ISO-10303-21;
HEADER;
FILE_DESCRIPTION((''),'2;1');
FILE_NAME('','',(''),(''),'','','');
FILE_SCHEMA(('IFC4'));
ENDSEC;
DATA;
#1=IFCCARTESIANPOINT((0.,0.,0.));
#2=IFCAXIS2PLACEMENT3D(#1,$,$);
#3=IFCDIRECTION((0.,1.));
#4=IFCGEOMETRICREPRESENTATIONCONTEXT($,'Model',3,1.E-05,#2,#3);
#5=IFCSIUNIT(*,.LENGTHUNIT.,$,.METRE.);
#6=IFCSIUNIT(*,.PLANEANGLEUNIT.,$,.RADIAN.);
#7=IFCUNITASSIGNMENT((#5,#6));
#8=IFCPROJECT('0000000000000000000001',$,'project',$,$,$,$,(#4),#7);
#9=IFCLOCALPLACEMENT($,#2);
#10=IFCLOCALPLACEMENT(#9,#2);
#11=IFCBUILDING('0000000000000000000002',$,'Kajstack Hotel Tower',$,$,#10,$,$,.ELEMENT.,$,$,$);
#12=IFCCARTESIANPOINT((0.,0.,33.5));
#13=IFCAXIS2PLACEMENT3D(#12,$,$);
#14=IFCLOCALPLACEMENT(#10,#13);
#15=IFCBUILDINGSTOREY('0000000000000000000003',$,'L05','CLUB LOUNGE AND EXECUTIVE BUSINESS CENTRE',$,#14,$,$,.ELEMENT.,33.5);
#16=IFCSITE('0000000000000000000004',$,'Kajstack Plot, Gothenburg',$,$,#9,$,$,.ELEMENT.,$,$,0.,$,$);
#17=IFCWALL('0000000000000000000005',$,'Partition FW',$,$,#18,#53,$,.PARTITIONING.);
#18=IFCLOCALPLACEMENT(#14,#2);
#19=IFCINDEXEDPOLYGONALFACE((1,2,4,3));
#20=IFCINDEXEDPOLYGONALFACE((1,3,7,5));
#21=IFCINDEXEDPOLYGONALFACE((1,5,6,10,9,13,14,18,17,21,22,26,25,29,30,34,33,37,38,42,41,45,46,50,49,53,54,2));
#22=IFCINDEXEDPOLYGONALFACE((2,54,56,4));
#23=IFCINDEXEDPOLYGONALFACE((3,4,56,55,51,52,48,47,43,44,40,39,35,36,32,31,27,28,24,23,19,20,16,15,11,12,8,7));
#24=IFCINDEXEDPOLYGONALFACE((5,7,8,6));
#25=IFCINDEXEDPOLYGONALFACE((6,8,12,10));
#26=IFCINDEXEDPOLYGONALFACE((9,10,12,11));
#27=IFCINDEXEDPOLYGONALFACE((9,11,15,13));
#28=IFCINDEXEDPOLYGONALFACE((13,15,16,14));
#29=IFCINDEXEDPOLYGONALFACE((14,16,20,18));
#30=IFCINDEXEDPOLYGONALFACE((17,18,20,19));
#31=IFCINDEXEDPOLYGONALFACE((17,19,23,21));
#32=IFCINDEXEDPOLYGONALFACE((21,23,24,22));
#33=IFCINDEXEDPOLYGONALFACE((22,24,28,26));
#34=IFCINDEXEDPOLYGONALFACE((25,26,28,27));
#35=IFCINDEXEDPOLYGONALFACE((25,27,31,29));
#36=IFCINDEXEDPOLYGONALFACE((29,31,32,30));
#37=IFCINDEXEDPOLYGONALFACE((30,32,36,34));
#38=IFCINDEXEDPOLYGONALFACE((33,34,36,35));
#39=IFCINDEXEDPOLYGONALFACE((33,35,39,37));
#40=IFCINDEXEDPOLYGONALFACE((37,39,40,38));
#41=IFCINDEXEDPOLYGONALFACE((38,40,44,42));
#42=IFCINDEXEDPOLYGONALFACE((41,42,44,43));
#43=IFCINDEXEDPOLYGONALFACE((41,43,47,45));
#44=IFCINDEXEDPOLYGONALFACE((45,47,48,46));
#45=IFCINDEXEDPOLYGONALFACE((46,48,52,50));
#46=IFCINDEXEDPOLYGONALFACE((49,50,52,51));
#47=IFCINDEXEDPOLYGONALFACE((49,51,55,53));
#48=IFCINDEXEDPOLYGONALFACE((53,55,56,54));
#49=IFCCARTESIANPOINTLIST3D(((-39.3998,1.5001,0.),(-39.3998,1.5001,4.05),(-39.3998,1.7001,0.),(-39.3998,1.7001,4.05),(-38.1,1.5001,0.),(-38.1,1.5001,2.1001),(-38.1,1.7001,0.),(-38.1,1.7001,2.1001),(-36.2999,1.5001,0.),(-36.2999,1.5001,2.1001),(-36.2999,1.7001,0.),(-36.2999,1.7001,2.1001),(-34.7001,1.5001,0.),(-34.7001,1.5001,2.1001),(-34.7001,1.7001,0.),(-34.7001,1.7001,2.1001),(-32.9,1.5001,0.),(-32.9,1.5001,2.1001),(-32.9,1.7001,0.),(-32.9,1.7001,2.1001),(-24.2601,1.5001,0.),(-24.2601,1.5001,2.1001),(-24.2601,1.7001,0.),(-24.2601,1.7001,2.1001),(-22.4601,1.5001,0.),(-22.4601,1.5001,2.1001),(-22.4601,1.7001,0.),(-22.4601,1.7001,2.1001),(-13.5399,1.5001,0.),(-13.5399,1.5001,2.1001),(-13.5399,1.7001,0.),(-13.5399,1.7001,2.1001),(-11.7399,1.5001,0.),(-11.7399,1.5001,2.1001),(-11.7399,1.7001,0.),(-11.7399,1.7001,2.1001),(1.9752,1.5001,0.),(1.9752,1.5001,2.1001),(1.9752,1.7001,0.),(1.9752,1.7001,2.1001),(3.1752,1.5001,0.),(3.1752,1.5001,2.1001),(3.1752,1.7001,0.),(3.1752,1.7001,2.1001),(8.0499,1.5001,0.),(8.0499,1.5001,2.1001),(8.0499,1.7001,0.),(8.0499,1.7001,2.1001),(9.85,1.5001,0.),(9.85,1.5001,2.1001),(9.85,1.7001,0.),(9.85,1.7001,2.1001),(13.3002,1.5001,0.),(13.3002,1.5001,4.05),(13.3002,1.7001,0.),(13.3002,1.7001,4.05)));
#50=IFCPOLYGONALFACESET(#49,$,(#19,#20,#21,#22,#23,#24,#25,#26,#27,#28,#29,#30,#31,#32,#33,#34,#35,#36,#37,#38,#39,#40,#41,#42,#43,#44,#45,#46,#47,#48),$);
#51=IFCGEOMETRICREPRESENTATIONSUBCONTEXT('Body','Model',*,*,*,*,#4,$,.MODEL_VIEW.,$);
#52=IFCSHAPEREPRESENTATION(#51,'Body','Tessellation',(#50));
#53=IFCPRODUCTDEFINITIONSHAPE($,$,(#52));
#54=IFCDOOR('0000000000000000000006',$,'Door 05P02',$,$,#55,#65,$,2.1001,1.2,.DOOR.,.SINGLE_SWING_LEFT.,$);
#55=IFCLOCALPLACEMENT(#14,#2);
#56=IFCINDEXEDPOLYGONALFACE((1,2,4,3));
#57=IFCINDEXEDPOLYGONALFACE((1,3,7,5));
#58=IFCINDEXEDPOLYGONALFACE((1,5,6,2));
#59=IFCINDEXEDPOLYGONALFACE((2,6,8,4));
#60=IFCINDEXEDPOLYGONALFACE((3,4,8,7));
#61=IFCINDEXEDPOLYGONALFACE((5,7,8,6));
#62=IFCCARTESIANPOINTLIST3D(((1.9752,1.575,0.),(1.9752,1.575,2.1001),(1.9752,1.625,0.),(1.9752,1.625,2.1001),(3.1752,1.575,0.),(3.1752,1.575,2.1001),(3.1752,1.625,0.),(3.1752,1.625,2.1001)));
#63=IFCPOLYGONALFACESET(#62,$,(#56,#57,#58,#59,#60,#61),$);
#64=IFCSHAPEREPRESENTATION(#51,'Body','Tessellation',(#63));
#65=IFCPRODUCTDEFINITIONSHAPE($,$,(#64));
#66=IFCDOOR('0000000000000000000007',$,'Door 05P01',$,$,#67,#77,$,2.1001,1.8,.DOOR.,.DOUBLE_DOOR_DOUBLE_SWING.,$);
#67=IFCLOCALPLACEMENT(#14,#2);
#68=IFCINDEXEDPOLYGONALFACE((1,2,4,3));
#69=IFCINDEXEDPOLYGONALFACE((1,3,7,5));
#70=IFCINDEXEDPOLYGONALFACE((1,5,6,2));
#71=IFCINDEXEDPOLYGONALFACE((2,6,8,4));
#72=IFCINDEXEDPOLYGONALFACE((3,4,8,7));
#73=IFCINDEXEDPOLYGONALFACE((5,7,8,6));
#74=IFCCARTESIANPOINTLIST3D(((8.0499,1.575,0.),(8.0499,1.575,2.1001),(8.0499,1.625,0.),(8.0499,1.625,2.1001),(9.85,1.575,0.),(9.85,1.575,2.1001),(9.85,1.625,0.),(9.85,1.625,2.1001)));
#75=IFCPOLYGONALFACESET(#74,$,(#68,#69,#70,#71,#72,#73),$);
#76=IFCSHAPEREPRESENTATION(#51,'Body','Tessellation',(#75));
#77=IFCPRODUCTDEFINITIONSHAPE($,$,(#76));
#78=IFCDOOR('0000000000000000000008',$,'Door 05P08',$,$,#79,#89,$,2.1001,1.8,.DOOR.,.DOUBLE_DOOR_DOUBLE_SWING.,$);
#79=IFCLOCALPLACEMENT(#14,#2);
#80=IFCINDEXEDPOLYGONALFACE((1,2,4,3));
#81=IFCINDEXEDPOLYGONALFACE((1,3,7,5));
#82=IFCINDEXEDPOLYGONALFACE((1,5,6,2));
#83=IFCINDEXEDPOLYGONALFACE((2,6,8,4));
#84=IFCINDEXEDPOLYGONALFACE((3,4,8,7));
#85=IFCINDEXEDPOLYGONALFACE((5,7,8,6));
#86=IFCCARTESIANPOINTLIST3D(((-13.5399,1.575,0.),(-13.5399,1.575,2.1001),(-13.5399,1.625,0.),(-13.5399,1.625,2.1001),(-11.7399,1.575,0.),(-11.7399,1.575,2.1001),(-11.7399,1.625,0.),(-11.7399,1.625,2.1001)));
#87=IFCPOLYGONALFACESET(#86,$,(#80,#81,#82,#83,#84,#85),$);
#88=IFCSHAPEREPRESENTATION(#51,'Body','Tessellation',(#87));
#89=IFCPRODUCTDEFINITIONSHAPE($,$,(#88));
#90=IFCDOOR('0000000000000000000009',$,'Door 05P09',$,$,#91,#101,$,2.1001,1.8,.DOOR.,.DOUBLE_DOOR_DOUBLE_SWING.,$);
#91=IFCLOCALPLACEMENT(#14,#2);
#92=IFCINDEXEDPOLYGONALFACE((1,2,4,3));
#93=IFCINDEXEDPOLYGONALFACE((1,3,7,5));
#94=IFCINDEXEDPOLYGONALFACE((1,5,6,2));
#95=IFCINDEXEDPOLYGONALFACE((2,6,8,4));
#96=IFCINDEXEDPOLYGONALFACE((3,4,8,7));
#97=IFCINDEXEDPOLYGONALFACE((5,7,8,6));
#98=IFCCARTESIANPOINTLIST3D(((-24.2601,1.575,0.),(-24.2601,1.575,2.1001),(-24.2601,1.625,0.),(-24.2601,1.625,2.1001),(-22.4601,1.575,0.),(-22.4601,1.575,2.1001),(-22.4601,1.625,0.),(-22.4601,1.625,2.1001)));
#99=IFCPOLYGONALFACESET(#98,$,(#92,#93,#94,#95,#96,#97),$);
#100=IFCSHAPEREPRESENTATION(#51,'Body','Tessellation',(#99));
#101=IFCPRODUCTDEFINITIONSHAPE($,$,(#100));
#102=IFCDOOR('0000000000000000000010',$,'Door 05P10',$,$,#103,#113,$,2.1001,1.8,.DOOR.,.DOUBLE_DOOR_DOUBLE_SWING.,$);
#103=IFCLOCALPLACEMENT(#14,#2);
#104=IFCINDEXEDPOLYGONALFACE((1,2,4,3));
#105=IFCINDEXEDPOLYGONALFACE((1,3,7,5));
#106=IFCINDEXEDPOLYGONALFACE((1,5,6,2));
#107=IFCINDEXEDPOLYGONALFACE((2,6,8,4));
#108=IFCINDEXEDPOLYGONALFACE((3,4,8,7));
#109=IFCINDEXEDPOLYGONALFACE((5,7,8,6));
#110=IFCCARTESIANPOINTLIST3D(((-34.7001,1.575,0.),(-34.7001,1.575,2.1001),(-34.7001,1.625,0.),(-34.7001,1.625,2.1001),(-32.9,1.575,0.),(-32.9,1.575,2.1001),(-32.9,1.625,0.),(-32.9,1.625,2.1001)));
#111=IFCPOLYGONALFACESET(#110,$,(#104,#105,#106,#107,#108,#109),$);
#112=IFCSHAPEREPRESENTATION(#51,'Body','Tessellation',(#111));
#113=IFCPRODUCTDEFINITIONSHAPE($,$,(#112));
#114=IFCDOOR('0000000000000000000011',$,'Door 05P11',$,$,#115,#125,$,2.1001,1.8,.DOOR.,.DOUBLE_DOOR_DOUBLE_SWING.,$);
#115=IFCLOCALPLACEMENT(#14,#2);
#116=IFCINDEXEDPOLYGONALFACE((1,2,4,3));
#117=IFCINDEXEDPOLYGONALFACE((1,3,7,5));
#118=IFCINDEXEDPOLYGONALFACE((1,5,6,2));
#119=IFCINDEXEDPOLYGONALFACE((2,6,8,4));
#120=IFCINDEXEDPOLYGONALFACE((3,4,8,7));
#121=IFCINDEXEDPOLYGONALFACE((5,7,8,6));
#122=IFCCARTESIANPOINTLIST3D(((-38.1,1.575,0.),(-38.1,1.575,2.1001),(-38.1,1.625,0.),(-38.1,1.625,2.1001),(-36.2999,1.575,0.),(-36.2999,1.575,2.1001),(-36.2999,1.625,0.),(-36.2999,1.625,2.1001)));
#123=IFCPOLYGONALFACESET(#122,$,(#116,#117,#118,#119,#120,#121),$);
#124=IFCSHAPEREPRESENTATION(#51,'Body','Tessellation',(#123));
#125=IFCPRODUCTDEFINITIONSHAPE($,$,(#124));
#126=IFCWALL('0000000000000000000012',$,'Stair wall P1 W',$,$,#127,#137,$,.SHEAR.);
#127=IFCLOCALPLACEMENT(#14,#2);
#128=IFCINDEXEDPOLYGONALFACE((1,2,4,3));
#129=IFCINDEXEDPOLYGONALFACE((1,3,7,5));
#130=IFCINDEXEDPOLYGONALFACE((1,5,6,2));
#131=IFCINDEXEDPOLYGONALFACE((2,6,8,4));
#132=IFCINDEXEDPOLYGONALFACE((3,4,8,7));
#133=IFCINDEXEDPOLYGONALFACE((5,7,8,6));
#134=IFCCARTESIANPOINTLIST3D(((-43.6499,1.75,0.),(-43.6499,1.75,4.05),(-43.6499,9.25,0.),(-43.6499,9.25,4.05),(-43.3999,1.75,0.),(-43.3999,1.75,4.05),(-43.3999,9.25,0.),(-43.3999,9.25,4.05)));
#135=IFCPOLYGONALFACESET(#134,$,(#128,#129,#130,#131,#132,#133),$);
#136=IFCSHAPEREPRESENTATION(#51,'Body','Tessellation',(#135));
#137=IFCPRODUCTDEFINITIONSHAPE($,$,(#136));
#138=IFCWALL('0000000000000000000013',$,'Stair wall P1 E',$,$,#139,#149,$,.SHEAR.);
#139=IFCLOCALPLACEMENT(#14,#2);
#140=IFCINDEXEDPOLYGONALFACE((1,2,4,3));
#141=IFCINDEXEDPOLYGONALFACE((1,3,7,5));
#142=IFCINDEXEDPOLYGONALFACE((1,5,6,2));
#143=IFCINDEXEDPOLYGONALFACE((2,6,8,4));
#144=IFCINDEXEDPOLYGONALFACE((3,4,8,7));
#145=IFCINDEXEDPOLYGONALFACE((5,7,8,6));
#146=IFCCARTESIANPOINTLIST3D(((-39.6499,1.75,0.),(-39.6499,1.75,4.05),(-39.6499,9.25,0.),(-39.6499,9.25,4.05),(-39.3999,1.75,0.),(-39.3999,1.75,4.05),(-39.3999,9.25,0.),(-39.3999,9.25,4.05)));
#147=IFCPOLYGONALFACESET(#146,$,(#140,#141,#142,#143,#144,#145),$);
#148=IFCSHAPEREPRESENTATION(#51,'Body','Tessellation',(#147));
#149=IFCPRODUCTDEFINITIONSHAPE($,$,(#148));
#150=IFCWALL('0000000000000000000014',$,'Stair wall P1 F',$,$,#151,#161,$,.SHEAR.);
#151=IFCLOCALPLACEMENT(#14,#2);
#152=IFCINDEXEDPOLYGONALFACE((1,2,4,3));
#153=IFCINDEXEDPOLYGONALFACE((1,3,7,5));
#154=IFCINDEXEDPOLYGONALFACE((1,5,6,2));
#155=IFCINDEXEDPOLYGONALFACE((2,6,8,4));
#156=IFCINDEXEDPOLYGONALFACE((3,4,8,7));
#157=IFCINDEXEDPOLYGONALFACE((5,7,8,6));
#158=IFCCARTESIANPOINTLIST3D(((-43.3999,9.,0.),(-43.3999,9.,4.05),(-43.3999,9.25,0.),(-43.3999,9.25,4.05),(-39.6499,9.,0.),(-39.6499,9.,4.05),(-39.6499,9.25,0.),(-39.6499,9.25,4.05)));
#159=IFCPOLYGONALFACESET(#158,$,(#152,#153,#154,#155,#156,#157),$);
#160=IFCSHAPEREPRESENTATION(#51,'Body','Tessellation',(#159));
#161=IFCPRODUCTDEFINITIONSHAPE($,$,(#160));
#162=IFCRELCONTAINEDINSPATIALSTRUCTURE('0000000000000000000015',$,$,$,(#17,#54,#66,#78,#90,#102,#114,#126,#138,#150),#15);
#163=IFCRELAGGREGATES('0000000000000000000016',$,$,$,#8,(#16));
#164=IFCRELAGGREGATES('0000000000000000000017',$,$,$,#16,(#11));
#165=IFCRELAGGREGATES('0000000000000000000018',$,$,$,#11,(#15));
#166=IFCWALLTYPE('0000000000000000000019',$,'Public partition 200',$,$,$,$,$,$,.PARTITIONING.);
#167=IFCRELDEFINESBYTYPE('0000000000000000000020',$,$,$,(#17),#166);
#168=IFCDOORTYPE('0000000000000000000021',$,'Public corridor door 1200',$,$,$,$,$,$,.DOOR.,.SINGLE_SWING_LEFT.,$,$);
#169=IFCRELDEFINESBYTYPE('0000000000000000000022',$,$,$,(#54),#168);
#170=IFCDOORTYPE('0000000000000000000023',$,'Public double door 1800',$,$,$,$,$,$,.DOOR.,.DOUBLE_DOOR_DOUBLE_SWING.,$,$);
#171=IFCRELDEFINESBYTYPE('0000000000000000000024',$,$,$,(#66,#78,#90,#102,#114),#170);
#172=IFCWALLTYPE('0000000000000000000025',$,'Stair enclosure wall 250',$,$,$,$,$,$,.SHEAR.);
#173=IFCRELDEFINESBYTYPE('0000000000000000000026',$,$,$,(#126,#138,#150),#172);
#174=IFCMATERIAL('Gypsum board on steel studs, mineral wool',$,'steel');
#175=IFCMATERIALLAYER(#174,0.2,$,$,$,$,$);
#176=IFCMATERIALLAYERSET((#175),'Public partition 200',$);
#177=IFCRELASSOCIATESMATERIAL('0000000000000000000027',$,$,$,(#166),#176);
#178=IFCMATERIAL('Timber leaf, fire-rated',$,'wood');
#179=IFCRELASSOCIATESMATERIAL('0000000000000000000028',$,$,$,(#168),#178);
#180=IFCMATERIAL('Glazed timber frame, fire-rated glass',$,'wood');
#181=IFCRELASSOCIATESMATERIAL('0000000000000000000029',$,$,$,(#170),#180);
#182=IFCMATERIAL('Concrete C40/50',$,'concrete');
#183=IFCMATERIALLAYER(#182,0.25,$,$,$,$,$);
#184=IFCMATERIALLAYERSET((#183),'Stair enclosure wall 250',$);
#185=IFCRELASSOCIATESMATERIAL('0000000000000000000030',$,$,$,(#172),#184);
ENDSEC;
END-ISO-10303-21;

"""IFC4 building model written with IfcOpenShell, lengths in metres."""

from ifc_helpers import new_model, si_unit, direction, frame, frame_2d, origin, place, context, subcontext, project, spatial, rectangle, extrude, material, layer, layer_set, type_object, element, fill, save


model = new_model("IFC4")

# Units and contexts
model_context = context("Model", 3, precision=1e-05, world=origin(), true_north=direction((0.0, 1.0)))
body_context = subcontext(model_context, "Body", "Model", "MODEL_VIEW")
ifc_project = project(units=[si_unit("LENGTHUNIT", "METRE"), si_unit("PLANEANGLEUNIT", "RADIAN")], contexts=[model_context])

# Site, building, storey
site_placement = place(None, origin())
site = spatial("IfcSite", under=ifc_project, at=site_placement, Name="Kajstack Plot, Gothenburg", CompositionType="ELEMENT", RefElevation=0.0)
building_placement = place(site_placement, origin())
building = spatial("IfcBuilding", under=site, at=building_placement, Name="Kajstack Hotel Tower", CompositionType="ELEMENT")
storey_placement = place(building_placement, frame((0.0, 0.0, 33.5)))
storey = spatial("IfcBuildingStorey", under=building, at=storey_placement, Name="L05", Description="CLUB LOUNGE AND EXECUTIVE BUSINESS CENTRE", CompositionType="ELEMENT", Elevation=33.5)

# Shared definitions
ifc_material_1 = material(Name="Gypsum board on steel studs, mineral wool", Category="steel")
ifc_layer_1 = layer(ifc_material_1, 0.2)
ifc_layer_set_1 = layer_set([ifc_layer_1], Name="Public partition 200")
wall_type_1 = type_object("IfcWallType", Name="Public partition 200", PredefinedType="PARTITIONING", material=ifc_layer_set_1)

# Wall, openings, doors
wall_1_placement = place(storey_placement, frame((-39.3999, 1.6001, 0.0), z_axis=(0.0, 0.0, 1.0), x_axis=(1.0, 0.0, 0.0)))
wall_1 = element("IfcWall", 1, at=wall_1_placement, inside=storey, type_object=wall_type_1, Name="Partition FW", PredefinedType="PARTITIONING", context=body_context, shape_type="SweptSolid", body=[
    extrude(rectangle(XDim=52.7, YDim=0.2, at=frame_2d((26.3501, 0.0))), origin(), (0.0, 0.0, 1.0), 4.05),
])
opening_1_placement = place(wall_1_placement, frame((47.45, 0.0, 0.0)))
opening_1 = element("IfcOpeningElement", 2, at=opening_1_placement, cuts=wall_1, PredefinedType="OPENING", context=body_context, shape_type="SweptSolid", body=[
    extrude(rectangle(XDim=1.8, YDim=2.1001, at=frame_2d((0.8999, 1.05))), frame((0.0, 0.1099, 0.0), z_axis=(0.0, -1.0, 0.0), x_axis=(1.0, 0.0, 0.0)), (0.0, 0.0, 1.0), 0.22),
])
opening_2_placement = place(wall_1_placement, frame((41.375, 0.0, 0.0)))
opening_2 = element("IfcOpeningElement", 3, at=opening_2_placement, cuts=wall_1, PredefinedType="OPENING", context=body_context, shape_type="SweptSolid", body=[
    extrude(rectangle(XDim=1.2, YDim=2.1001, at=frame_2d((0.6001, 1.05))), frame((0.0, 0.1099, 0.0), z_axis=(0.0, -1.0, 0.0), x_axis=(1.0, 0.0, 0.0)), (0.0, 0.0, 1.0), 0.22),
])
opening_3_placement = place(wall_1_placement, frame((25.8601, 0.0, 0.0)))
opening_3 = element("IfcOpeningElement", 4, at=opening_3_placement, cuts=wall_1, PredefinedType="OPENING", context=body_context, shape_type="SweptSolid", body=[
    extrude(rectangle(XDim=1.8, YDim=2.1001, at=frame_2d((0.8999, 1.05))), frame((0.0, 0.1099, 0.0), z_axis=(0.0, -1.0, 0.0), x_axis=(1.0, 0.0, 0.0)), (0.0, 0.0, 1.0), 0.22),
])
opening_4_placement = place(wall_1_placement, frame((15.1399, 0.0, 0.0)))
opening_4 = element("IfcOpeningElement", 5, at=opening_4_placement, cuts=wall_1, PredefinedType="OPENING", context=body_context, shape_type="SweptSolid", body=[
    extrude(rectangle(XDim=1.8, YDim=2.1001, at=frame_2d((0.8999, 1.05))), frame((0.0, 0.1099, 0.0), z_axis=(0.0, -1.0, 0.0), x_axis=(1.0, 0.0, 0.0)), (0.0, 0.0, 1.0), 0.22),
])
opening_5_placement = place(wall_1_placement, frame((4.7, 0.0, 0.0)))
opening_5 = element("IfcOpeningElement", 6, at=opening_5_placement, cuts=wall_1, PredefinedType="OPENING", context=body_context, shape_type="SweptSolid", body=[
    extrude(rectangle(XDim=1.8, YDim=2.1001, at=frame_2d((0.8999, 1.05))), frame((0.0, 0.1099, 0.0), z_axis=(0.0, -1.0, 0.0), x_axis=(1.0, 0.0, 0.0)), (0.0, 0.0, 1.0), 0.22),
])
opening_6_placement = place(wall_1_placement, frame((1.3, 0.0, 0.0)))
opening_6 = element("IfcOpeningElement", 7, at=opening_6_placement, cuts=wall_1, PredefinedType="OPENING", context=body_context, shape_type="SweptSolid", body=[
    extrude(rectangle(XDim=1.8, YDim=2.1001, at=frame_2d((0.8999, 1.05))), frame((0.0, 0.1099, 0.0), z_axis=(0.0, -1.0, 0.0), x_axis=(1.0, 0.0, 0.0)), (0.0, 0.0, 1.0), 0.22),
])
ifc_material_2 = material(Name="Timber leaf, fire-rated", Category="wood")
door_type_1 = type_object("IfcDoorType", Name="Public corridor door 1200", OperationType="SINGLE_SWING_LEFT", PredefinedType="DOOR", material=ifc_material_2)
door_1_placement = place(opening_2_placement, origin())
door_1 = element("IfcDoor", 8, at=door_1_placement, inside=storey, type_object=door_type_1, Name="Door 05P02", OperationType="SINGLE_SWING_LEFT", OverallHeight=2.1001, OverallWidth=1.2, PredefinedType="DOOR", context=body_context, shape_type="SweptSolid", body=[
    extrude(rectangle(XDim=1.2, YDim=2.1001, at=frame_2d((0.6001, 1.05))), frame((0.0, 0.0249, 0.0), z_axis=(0.0, -1.0, 0.0), x_axis=(1.0, 0.0, 0.0)), (0.0, 0.0, 1.0), 0.05),
])
fill(opening_2, door_1)
ifc_material_3 = material(Name="Glazed timber frame, fire-rated glass", Category="wood")
door_type_2 = type_object("IfcDoorType", Name="Public double door 1800", OperationType="DOUBLE_DOOR_DOUBLE_SWING", PredefinedType="DOOR", material=ifc_material_3)
door_2_placement = place(opening_1_placement, origin())
door_2 = element("IfcDoor", 9, at=door_2_placement, inside=storey, type_object=door_type_2, Name="Door 05P01", OperationType="DOUBLE_DOOR_DOUBLE_SWING", OverallHeight=2.1001, OverallWidth=1.8, PredefinedType="DOOR", context=body_context, shape_type="SweptSolid", body=[
    extrude(rectangle(XDim=1.8, YDim=2.1001, at=frame_2d((0.8999, 1.05))), frame((0.0, 0.0249, 0.0), z_axis=(0.0, -1.0, 0.0), x_axis=(1.0, 0.0, 0.0)), (0.0, 0.0, 1.0), 0.05),
])
fill(opening_1, door_2)
door_3_placement = place(opening_3_placement, origin())
door_3 = element("IfcDoor", 10, at=door_3_placement, inside=storey, type_object=door_type_2, Name="Door 05P08", OperationType="DOUBLE_DOOR_DOUBLE_SWING", OverallHeight=2.1001, OverallWidth=1.8, PredefinedType="DOOR", context=body_context, shape_type="SweptSolid", body=[
    extrude(rectangle(XDim=1.8, YDim=2.1001, at=frame_2d((0.8999, 1.05))), frame((0.0, 0.0249, 0.0), z_axis=(0.0, -1.0, 0.0), x_axis=(1.0, 0.0, 0.0)), (0.0, 0.0, 1.0), 0.05),
])
fill(opening_3, door_3)
door_4_placement = place(opening_4_placement, origin())
door_4 = element("IfcDoor", 11, at=door_4_placement, inside=storey, type_object=door_type_2, Name="Door 05P09", OperationType="DOUBLE_DOOR_DOUBLE_SWING", OverallHeight=2.1001, OverallWidth=1.8, PredefinedType="DOOR", context=body_context, shape_type="SweptSolid", body=[
    extrude(rectangle(XDim=1.8, YDim=2.1001, at=frame_2d((0.8999, 1.05))), frame((0.0, 0.0249, 0.0), z_axis=(0.0, -1.0, 0.0), x_axis=(1.0, 0.0, 0.0)), (0.0, 0.0, 1.0), 0.05),
])
fill(opening_4, door_4)
door_5_placement = place(opening_5_placement, origin())
door_5 = element("IfcDoor", 12, at=door_5_placement, inside=storey, type_object=door_type_2, Name="Door 05P10", OperationType="DOUBLE_DOOR_DOUBLE_SWING", OverallHeight=2.1001, OverallWidth=1.8, PredefinedType="DOOR", context=body_context, shape_type="SweptSolid", body=[
    extrude(rectangle(XDim=1.8, YDim=2.1001, at=frame_2d((0.8999, 1.05))), frame((0.0, 0.0249, 0.0), z_axis=(0.0, -1.0, 0.0), x_axis=(1.0, 0.0, 0.0)), (0.0, 0.0, 1.0), 0.05),
])
fill(opening_5, door_5)
door_6_placement = place(opening_6_placement, origin())
door_6 = element("IfcDoor", 13, at=door_6_placement, inside=storey, type_object=door_type_2, Name="Door 05P11", OperationType="DOUBLE_DOOR_DOUBLE_SWING", OverallHeight=2.1001, OverallWidth=1.8, PredefinedType="DOOR", context=body_context, shape_type="SweptSolid", body=[
    extrude(rectangle(XDim=1.8, YDim=2.1001, at=frame_2d((0.8999, 1.05))), frame((0.0, 0.0249, 0.0), z_axis=(0.0, -1.0, 0.0), x_axis=(1.0, 0.0, 0.0)), (0.0, 0.0, 1.0), 0.05),
])
fill(opening_6, door_6)

# Walls
ifc_material_4 = material(Name="Concrete C40/50", Category="concrete")
ifc_layer_2 = layer(ifc_material_4, 0.25)
ifc_layer_set_2 = layer_set([ifc_layer_2], Name="Stair enclosure wall 250")
wall_type_2 = type_object("IfcWallType", Name="Stair enclosure wall 250", PredefinedType="SHEAR", material=ifc_layer_set_2)
for number, where, z_axis, x_axis, name in (
    (14, (-43.5249, 1.75, 0.0), (0.0, 0.0, 1.0), (0.0, 1.0, 0.0), "Stair wall P1 W"),
    (15, (-39.5249, 1.75, 0.0), (0.0, 0.0, 1.0), (0.0, 1.0, 0.0), "Stair wall P1 E"),
):
    element("IfcWall", number, at=place(storey_placement, frame(where, z_axis=z_axis, x_axis=x_axis)), inside=storey, type_object=wall_type_2, Name=name, PredefinedType="SHEAR", context=body_context, shape_type="SweptSolid", body=[
        extrude(rectangle(XDim=7.5, YDim=0.25, at=frame_2d((3.75, 0.0))), origin(), (0.0, 0.0, 1.0), 4.05),
    ])
wall_2_placement = place(storey_placement, frame((-43.3999, 9.125, 0.0), z_axis=(0.0, 0.0, 1.0), x_axis=(1.0, 0.0, 0.0)))
element("IfcWall", 16, at=wall_2_placement, inside=storey, type_object=wall_type_2, Name="Stair wall P1 F", PredefinedType="SHEAR", context=body_context, shape_type="SweptSolid", body=[
    extrude(rectangle(XDim=3.75, YDim=0.25, at=frame_2d((1.875, 0.0))), origin(), (0.0, 0.0, 1.0), 4.05),
])

save(model, "model.ifc")
